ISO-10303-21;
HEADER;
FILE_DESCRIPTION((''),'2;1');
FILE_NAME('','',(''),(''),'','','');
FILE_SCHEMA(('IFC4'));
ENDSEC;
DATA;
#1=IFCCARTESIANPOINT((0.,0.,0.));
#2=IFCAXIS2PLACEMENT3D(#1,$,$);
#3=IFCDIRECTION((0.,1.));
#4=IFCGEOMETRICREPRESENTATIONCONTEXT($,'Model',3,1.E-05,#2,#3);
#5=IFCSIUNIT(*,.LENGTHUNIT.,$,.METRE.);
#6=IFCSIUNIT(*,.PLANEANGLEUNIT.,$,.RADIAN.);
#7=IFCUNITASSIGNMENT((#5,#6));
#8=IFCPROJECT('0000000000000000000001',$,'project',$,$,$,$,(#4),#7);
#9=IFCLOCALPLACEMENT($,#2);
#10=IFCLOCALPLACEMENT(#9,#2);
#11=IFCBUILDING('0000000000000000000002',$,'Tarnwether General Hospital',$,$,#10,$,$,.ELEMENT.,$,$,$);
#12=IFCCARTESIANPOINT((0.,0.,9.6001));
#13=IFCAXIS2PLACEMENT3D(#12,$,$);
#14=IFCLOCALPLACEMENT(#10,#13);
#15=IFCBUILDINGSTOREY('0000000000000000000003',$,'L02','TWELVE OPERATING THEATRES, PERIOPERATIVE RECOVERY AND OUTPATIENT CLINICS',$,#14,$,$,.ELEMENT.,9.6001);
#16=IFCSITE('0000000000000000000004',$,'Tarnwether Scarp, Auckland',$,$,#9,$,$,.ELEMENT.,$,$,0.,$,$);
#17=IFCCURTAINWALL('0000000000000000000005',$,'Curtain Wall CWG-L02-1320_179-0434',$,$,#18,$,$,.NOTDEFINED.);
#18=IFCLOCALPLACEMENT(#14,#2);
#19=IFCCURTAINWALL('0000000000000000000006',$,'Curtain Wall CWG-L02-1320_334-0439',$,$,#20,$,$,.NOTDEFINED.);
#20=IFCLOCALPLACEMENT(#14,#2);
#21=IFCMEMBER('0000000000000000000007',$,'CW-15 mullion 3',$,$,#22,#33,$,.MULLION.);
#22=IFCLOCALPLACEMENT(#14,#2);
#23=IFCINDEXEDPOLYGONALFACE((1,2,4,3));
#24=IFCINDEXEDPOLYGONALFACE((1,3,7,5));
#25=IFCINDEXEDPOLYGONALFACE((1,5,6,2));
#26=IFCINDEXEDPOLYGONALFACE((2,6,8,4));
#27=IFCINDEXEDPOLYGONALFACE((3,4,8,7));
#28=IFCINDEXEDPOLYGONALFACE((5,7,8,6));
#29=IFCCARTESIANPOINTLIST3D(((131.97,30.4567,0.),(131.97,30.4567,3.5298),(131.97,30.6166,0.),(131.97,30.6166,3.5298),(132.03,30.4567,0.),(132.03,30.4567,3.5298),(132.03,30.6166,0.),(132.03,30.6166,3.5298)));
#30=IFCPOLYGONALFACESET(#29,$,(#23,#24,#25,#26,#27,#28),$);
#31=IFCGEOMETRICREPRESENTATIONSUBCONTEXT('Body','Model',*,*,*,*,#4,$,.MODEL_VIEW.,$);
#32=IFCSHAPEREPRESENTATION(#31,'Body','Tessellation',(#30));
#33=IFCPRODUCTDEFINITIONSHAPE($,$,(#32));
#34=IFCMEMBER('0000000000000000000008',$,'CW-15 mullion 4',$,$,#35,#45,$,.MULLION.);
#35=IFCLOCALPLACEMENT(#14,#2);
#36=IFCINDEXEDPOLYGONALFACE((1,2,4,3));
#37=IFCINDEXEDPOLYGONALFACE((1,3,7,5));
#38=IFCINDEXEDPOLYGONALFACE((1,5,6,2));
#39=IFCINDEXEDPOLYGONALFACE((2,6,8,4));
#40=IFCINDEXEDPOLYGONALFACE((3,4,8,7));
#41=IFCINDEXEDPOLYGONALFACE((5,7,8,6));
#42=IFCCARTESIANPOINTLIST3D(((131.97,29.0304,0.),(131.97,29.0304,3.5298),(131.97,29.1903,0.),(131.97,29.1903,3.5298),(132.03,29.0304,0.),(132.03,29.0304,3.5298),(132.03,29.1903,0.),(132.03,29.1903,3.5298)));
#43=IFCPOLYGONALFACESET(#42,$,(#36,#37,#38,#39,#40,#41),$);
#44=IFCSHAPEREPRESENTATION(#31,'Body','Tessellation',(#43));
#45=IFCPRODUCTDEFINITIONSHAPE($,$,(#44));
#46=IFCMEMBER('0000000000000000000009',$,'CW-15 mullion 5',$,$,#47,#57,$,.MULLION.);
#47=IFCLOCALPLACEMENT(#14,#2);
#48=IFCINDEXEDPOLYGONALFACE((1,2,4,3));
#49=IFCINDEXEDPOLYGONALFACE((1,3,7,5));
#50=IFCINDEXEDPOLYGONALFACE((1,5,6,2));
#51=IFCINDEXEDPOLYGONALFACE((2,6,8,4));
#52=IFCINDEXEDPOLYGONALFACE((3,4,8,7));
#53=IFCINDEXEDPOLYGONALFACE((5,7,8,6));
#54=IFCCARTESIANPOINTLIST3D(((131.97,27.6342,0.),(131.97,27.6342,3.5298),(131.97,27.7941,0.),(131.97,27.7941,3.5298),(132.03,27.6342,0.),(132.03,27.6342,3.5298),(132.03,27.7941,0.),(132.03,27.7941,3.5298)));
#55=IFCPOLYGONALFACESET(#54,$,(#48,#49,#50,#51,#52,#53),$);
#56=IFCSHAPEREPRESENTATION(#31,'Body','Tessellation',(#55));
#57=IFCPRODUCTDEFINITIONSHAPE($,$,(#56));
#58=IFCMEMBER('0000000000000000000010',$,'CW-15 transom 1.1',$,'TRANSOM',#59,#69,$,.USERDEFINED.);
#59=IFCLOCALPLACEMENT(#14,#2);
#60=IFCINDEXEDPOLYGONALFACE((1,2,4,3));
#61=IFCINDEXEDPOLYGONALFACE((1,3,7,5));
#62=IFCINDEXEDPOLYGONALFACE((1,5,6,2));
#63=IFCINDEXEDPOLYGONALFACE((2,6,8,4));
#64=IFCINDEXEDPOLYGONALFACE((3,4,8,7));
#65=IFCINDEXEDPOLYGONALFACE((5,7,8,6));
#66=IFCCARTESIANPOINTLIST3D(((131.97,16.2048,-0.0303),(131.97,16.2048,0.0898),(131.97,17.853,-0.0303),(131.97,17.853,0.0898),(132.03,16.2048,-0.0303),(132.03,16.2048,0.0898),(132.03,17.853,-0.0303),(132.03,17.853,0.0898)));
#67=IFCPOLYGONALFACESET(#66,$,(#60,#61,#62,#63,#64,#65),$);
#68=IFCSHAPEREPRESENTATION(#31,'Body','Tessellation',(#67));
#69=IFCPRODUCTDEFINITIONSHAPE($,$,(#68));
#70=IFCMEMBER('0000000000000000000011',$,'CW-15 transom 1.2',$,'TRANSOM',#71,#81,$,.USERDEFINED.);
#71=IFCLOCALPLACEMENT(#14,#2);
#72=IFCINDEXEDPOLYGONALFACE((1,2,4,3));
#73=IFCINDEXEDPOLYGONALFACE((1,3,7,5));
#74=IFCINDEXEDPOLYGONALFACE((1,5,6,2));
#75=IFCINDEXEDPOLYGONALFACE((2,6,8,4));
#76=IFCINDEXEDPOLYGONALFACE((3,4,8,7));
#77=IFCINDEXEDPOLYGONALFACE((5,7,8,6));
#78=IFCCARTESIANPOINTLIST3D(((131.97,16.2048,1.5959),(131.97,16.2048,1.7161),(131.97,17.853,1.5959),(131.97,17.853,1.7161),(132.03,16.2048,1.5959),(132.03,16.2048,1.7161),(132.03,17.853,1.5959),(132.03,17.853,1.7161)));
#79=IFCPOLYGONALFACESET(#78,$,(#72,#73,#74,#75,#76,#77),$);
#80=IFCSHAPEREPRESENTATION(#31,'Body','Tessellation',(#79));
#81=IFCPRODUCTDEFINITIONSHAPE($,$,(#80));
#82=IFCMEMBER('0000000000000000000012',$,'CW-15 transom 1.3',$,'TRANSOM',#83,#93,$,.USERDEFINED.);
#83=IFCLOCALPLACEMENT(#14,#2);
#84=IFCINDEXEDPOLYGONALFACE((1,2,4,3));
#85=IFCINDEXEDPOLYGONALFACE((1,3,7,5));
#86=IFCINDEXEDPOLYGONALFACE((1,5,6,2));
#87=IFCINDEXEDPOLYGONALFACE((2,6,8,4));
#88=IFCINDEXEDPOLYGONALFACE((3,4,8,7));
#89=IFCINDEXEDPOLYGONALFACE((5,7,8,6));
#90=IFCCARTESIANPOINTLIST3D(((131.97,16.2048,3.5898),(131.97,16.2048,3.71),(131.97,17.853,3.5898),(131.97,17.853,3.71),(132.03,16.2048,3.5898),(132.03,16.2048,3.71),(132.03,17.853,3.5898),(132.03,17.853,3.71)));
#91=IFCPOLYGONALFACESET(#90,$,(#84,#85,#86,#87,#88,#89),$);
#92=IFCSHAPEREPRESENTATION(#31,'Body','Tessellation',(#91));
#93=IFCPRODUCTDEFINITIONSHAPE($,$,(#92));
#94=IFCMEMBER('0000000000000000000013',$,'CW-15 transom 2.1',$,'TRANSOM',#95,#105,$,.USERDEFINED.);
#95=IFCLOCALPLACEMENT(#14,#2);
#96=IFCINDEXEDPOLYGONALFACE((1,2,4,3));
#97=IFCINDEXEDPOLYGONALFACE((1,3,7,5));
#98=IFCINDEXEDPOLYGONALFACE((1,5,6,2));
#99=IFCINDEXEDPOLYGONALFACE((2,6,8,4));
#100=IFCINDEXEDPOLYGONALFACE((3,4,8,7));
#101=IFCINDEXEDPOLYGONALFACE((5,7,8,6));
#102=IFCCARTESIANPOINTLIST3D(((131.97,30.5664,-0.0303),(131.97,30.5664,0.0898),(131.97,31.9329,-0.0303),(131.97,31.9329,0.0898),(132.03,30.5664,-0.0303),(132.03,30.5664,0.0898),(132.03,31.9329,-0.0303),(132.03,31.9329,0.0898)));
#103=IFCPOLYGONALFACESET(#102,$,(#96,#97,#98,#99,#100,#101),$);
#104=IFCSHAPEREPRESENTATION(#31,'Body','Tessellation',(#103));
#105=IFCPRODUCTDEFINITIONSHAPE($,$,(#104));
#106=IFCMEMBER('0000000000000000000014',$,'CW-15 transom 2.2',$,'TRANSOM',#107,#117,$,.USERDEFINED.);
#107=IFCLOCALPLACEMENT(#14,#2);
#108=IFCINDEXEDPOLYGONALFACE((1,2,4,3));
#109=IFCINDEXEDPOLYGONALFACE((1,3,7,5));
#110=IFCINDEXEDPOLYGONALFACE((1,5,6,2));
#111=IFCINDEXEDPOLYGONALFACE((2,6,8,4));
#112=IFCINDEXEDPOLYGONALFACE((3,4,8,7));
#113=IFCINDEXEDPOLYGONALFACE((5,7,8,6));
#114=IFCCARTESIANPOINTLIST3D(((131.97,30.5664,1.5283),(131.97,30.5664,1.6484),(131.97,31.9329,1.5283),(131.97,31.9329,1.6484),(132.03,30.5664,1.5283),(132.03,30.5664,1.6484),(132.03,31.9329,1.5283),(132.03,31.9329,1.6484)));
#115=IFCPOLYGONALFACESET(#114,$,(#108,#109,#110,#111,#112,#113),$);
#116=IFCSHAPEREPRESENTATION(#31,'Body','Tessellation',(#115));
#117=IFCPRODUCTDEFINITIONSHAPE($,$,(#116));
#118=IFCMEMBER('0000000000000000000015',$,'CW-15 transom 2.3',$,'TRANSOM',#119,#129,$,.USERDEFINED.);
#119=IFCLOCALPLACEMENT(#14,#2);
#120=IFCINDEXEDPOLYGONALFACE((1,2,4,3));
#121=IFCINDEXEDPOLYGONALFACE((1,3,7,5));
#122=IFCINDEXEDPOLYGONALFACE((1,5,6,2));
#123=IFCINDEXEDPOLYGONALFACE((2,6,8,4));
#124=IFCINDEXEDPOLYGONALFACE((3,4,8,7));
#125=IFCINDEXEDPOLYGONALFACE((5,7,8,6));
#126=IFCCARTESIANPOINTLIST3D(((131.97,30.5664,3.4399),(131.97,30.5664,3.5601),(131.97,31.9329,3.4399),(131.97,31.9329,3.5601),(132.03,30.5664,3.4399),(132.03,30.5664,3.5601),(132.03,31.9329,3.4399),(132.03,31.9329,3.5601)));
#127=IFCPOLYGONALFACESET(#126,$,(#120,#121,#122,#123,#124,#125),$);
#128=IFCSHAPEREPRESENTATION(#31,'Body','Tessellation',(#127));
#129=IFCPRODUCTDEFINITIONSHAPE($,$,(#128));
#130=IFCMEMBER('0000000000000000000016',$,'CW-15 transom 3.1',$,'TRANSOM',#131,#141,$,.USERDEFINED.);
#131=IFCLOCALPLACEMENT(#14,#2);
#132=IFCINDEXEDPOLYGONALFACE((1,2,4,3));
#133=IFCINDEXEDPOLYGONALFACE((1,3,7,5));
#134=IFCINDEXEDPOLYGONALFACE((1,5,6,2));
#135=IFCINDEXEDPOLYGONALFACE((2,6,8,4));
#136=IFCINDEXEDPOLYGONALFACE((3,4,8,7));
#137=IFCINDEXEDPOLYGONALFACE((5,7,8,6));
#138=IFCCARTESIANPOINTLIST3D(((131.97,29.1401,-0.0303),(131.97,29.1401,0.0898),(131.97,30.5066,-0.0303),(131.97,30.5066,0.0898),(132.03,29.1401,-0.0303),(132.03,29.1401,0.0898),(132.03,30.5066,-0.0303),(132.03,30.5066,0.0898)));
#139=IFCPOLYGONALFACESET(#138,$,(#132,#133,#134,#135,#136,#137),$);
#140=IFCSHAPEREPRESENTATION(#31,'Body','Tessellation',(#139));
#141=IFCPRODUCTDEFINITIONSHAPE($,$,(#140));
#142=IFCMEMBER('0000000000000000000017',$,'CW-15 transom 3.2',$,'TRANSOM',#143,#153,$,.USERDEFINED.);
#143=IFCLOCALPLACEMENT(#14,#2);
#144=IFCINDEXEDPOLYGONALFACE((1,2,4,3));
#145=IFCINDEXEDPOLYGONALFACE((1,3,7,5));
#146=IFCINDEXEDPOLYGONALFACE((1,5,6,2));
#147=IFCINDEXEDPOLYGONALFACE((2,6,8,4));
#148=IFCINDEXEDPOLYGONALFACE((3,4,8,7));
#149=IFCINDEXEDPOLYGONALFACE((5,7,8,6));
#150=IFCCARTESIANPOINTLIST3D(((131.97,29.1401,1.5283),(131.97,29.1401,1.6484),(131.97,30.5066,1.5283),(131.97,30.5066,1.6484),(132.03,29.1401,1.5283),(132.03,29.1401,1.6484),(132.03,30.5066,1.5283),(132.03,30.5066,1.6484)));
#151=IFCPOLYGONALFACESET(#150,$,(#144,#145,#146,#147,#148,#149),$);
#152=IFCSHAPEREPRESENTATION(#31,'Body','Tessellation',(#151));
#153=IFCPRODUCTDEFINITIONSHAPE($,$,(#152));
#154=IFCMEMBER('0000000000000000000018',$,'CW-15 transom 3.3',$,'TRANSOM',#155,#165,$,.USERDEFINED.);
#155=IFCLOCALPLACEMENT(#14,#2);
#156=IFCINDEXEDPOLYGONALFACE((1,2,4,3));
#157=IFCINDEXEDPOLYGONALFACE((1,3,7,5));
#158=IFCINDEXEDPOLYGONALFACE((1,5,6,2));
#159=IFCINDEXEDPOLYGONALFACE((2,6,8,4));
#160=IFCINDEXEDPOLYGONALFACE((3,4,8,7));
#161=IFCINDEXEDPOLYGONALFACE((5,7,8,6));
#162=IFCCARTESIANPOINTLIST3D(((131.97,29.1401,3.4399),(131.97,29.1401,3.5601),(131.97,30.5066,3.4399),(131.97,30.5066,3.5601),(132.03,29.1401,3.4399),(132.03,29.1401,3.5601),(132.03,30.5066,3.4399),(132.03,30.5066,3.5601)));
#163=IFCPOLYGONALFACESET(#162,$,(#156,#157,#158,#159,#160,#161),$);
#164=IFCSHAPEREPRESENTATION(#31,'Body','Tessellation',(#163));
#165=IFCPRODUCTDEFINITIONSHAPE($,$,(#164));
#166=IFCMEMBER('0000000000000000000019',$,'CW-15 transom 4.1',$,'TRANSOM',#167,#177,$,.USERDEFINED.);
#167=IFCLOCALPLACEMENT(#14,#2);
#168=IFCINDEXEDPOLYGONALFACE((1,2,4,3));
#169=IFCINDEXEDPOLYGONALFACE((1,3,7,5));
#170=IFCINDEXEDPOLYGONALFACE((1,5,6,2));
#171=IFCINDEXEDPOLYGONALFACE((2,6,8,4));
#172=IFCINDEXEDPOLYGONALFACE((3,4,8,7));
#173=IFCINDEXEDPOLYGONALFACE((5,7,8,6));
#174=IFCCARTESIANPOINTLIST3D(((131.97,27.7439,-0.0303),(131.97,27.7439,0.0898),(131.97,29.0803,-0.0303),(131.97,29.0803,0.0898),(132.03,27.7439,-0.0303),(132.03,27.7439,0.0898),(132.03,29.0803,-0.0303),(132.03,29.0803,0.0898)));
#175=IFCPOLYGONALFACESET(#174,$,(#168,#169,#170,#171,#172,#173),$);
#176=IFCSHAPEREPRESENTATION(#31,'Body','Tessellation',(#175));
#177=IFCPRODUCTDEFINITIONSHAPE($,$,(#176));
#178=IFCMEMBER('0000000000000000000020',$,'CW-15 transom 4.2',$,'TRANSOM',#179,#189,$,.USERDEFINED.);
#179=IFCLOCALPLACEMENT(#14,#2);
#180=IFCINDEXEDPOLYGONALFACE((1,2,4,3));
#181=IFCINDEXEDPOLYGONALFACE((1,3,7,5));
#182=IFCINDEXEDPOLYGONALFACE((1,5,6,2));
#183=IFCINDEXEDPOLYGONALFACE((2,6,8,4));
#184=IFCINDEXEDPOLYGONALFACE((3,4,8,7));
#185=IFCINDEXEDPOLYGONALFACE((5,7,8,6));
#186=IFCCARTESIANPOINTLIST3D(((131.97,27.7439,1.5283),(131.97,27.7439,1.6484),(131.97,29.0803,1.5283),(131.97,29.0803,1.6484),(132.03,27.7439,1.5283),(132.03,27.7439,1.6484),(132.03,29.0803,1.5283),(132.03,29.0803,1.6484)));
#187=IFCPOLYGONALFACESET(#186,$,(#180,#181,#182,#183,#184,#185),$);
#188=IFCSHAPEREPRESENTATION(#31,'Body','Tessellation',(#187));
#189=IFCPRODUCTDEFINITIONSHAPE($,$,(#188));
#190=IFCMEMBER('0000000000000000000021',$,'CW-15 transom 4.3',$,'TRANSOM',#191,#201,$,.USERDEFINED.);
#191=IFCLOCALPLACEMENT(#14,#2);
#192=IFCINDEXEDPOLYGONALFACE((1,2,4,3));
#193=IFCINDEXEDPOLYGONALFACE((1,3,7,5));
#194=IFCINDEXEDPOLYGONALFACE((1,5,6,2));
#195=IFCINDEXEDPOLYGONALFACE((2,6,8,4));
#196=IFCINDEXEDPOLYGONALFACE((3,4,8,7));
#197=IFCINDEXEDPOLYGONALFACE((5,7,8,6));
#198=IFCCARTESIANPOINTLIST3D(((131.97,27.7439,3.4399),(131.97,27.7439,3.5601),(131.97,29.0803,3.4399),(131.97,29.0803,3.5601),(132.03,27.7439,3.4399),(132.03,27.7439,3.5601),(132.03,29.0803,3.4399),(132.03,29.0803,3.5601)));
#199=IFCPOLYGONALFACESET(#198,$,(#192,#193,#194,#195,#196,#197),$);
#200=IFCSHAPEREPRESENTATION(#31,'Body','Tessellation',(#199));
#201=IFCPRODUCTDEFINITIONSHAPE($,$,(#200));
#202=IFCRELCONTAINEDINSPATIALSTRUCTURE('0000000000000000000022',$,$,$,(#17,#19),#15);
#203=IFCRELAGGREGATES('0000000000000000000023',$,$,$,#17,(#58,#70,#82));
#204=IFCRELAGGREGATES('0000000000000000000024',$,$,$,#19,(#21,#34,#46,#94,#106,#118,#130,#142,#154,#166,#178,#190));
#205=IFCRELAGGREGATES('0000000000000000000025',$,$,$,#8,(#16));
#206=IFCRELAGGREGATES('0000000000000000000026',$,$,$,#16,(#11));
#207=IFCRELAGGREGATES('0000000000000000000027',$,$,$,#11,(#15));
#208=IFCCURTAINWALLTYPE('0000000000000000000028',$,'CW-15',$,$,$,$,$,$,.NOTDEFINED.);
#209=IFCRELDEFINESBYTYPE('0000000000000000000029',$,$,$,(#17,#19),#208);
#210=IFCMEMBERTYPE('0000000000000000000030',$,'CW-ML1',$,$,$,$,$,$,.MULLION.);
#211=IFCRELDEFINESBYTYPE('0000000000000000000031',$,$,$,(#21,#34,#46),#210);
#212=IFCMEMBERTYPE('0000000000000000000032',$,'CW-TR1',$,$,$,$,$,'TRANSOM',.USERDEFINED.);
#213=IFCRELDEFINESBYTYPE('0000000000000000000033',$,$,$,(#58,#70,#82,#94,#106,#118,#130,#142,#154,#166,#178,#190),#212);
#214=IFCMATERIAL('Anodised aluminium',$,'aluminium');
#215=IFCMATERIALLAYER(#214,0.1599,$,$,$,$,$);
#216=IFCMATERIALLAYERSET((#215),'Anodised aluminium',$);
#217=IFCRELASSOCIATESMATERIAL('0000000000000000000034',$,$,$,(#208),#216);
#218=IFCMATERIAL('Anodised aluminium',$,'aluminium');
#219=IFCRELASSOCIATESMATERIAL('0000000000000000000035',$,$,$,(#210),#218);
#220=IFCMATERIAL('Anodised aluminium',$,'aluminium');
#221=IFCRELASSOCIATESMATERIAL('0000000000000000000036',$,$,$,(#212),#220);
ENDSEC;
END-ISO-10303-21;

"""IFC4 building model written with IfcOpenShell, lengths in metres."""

from ifc_helpers import new_model, si_unit, direction, frame, origin, origin_2d, place, context, subcontext, project, spatial, rectangle, extrude, material, layer, layer_set, material_profile, profile_set, type_object, element, aggregate, save


model = new_model("IFC4")

# Units and contexts
model_context = context("Model", 3, precision=1e-05, world=origin(), true_north=direction((0.0, 1.0)))
body_context = subcontext(model_context, "Body", "Model", "MODEL_VIEW")
ifc_project = project(units=[si_unit("LENGTHUNIT", "METRE"), si_unit("PLANEANGLEUNIT", "RADIAN")], contexts=[model_context])

# Site, building, storey
site_placement = place(None, origin())
site = spatial("IfcSite", under=ifc_project, at=site_placement, Name="Tarnwether Scarp, Auckland", CompositionType="ELEMENT", RefElevation=0.0)
building_placement = place(site_placement, origin())
building = spatial("IfcBuilding", under=site, at=building_placement, Name="Tarnwether General Hospital", CompositionType="ELEMENT")
storey_placement = place(building_placement, frame((0.0, 0.0, 9.6001)))
storey = spatial("IfcBuildingStorey", under=building, at=storey_placement, Name="L02", Description="TWELVE OPERATING THEATRES, PERIOPERATIVE RECOVERY AND OUTPATIENT CLINICS", CompositionType="ELEMENT", Elevation=9.6001)

# Curtain walls, members
ifc_material_1 = material(Name="Anodised aluminium", Category="aluminium")
ifc_layer_1 = layer(ifc_material_1, 0.1599)
ifc_layer_set_1 = layer_set([ifc_layer_1], Name="Anodised aluminium")
curtain_wall_type = type_object("IfcCurtainWallType", Name="CW-15", PredefinedType="NOTDEFINED", material=ifc_layer_set_1)
curtain_wall_1_placement = place(storey_placement, origin())
curtain_wall_1 = element("IfcCurtainWall", 1, at=curtain_wall_1_placement, inside=storey, type_object=curtain_wall_type, Name="Curtain Wall CWG-L02-1320_179-0434", PredefinedType="NOTDEFINED")
ifc_material_2 = material(Name="Anodised aluminium", Category="aluminium")
ifc_material_profile_1 = material_profile(ifc_material_2, rectangle(XDim=0.0601, YDim=0.1599, at=origin_2d()), Name="ALU-MUL-60x160")
ifc_profile_set_1 = profile_set([ifc_material_profile_1], Name="Anodised aluminium")
member_type_1 = type_object("IfcMemberType", Name="CW-ML1", PredefinedType="MULLION", material=ifc_profile_set_1)
curtain_wall_2_placement = place(storey_placement, origin())
curtain_wall_2 = element("IfcCurtainWall", 2, at=curtain_wall_2_placement, inside=storey, type_object=curtain_wall_type, Name="Curtain Wall CWG-L02-1320_334-0439", PredefinedType="NOTDEFINED")
member_1_placement = place(storey_placement, frame((132.0, 30.5366, 0.0), z_axis=(0.0, 0.0, 1.0), x_axis=(1.0, 0.0, 0.0)))
member_1 = element("IfcMember", 3, at=member_1_placement, type_object=member_type_1, Name="CW-15 mullion 3", PredefinedType="MULLION", context=body_context, shape_type="SweptSolid", body=[
    extrude(rectangle(XDim=0.0601, YDim=0.1599, at=origin_2d()), origin(), (0.0, 0.0, 1.0), 3.5298),
])
member_2_placement = place(storey_placement, frame((132.0, 29.1104, 0.0), z_axis=(0.0, 0.0, 1.0), x_axis=(1.0, 0.0, 0.0)))
member_2 = element("IfcMember", 4, at=member_2_placement, type_object=member_type_1, Name="CW-15 mullion 4", PredefinedType="MULLION", context=body_context, shape_type="SweptSolid", body=[
    extrude(rectangle(XDim=0.0601, YDim=0.1599, at=origin_2d()), origin(), (0.0, 0.0, 1.0), 3.5298),
])
member_3_placement = place(storey_placement, frame((132.0, 27.7141, 0.0), z_axis=(0.0, 0.0, 1.0), x_axis=(1.0, 0.0, 0.0)))
member_3 = element("IfcMember", 5, at=member_3_placement, type_object=member_type_1, Name="CW-15 mullion 5", PredefinedType="MULLION", context=body_context, shape_type="SweptSolid", body=[
    extrude(rectangle(XDim=0.0601, YDim=0.1599, at=origin_2d()), origin(), (0.0, 0.0, 1.0), 3.5298),
])

# Members
ifc_material_3 = material(Name="Anodised aluminium", Category="aluminium")
ifc_material_profile_2 = material_profile(ifc_material_3, rectangle(XDim=0.0601, YDim=0.1201, at=origin_2d()), Name="ALU-TRN-60x120")
ifc_profile_set_2 = profile_set([ifc_material_profile_2], Name="Anodised aluminium")
member_type_2 = type_object("IfcMemberType", Name="CW-TR1", ElementType="TRANSOM", PredefinedType="USERDEFINED", material=ifc_profile_set_2)
member_4_placement = place(storey_placement, frame((132.0, 17.853, 0.0298), z_axis=(0.0, -1.0, 0.0), x_axis=(1.0, 0.0, 0.0)))
member_4 = element("IfcMember", 6, at=member_4_placement, type_object=member_type_2, Name="CW-15 transom 1.1", ObjectType="TRANSOM", PredefinedType="USERDEFINED", context=body_context, shape_type="SweptSolid", body=[
    extrude(rectangle(XDim=0.0601, YDim=0.1201, at=origin_2d()), origin(), (0.0, 0.0, 1.0), 1.6482),
])
member_5_placement = place(storey_placement, frame((132.0, 17.853, 1.656), z_axis=(0.0, -1.0, 0.0), x_axis=(1.0, 0.0, 0.0)))
member_5 = element("IfcMember", 7, at=member_5_placement, type_object=member_type_2, Name="CW-15 transom 1.2", ObjectType="TRANSOM", PredefinedType="USERDEFINED", context=body_context, shape_type="SweptSolid", body=[
    extrude(rectangle(XDim=0.0601, YDim=0.1201, at=origin_2d()), origin(), (0.0, 0.0, 1.0), 1.6482),
])
member_6_placement = place(storey_placement, frame((132.0, 17.853, 3.6499), z_axis=(0.0, -1.0, 0.0), x_axis=(1.0, 0.0, 0.0)))
member_6 = element("IfcMember", 8, at=member_6_placement, type_object=member_type_2, Name="CW-15 transom 1.3", ObjectType="TRANSOM", PredefinedType="USERDEFINED", context=body_context, shape_type="SweptSolid", body=[
    extrude(rectangle(XDim=0.0601, YDim=0.1201, at=origin_2d()), origin(), (0.0, 0.0, 1.0), 1.6482),
])
member_7_placement = place(storey_placement, frame((132.0, 31.9329, 0.0298), z_axis=(0.0, -1.0, 0.0), x_axis=(1.0, 0.0, 0.0)))
member_7 = element("IfcMember", 9, at=member_7_placement, type_object=member_type_2, Name="CW-15 transom 2.1", ObjectType="TRANSOM", PredefinedType="USERDEFINED", context=body_context, shape_type="SweptSolid", body=[
    extrude(rectangle(XDim=0.0601, YDim=0.1201, at=origin_2d()), origin(), (0.0, 0.0, 1.0), 1.3665),
])
member_8_placement = place(storey_placement, frame((132.0, 31.9329, 1.5884), z_axis=(0.0, -1.0, 0.0), x_axis=(1.0, 0.0, 0.0)))
member_8 = element("IfcMember", 10, at=member_8_placement, type_object=member_type_2, Name="CW-15 transom 2.2", ObjectType="TRANSOM", PredefinedType="USERDEFINED", context=body_context, shape_type="SweptSolid", body=[
    extrude(rectangle(XDim=0.0601, YDim=0.1201, at=origin_2d()), origin(), (0.0, 0.0, 1.0), 1.3665),
])
member_9_placement = place(storey_placement, frame((132.0, 31.9329, 3.5), z_axis=(0.0, -1.0, 0.0), x_axis=(1.0, 0.0, 0.0)))
member_9 = element("IfcMember", 11, at=member_9_placement, type_object=member_type_2, Name="CW-15 transom 2.3", ObjectType="TRANSOM", PredefinedType="USERDEFINED", context=body_context, shape_type="SweptSolid", body=[
    extrude(rectangle(XDim=0.0601, YDim=0.1201, at=origin_2d()), origin(), (0.0, 0.0, 1.0), 1.3665),
])
member_10_placement = place(storey_placement, frame((132.0, 30.5066, 0.0298), z_axis=(0.0, -1.0, 0.0), x_axis=(1.0, 0.0, 0.0)))
member_10 = element("IfcMember", 12, at=member_10_placement, type_object=member_type_2, Name="CW-15 transom 3.1", ObjectType="TRANSOM", PredefinedType="USERDEFINED", context=body_context, shape_type="SweptSolid", body=[
    extrude(rectangle(XDim=0.0601, YDim=0.1201, at=origin_2d()), origin(), (0.0, 0.0, 1.0), 1.3665),
])
member_11_placement = place(storey_placement, frame((132.0, 30.5066, 1.5884), z_axis=(0.0, -1.0, 0.0), x_axis=(1.0, 0.0, 0.0)))
member_11 = element("IfcMember", 13, at=member_11_placement, type_object=member_type_2, Name="CW-15 transom 3.2", ObjectType="TRANSOM", PredefinedType="USERDEFINED", context=body_context, shape_type="SweptSolid", body=[
    extrude(rectangle(XDim=0.0601, YDim=0.1201, at=origin_2d()), origin(), (0.0, 0.0, 1.0), 1.3665),
])
member_12_placement = place(storey_placement, frame((132.0, 30.5066, 3.5), z_axis=(0.0, -1.0, 0.0), x_axis=(1.0, 0.0, 0.0)))
member_12 = element("IfcMember", 14, at=member_12_placement, type_object=member_type_2, Name="CW-15 transom 3.3", ObjectType="TRANSOM", PredefinedType="USERDEFINED", context=body_context, shape_type="SweptSolid", body=[
    extrude(rectangle(XDim=0.0601, YDim=0.1201, at=origin_2d()), origin(), (0.0, 0.0, 1.0), 1.3665),
])
member_13_placement = place(storey_placement, frame((132.0, 29.0803, 0.0298), z_axis=(0.0, -1.0, 0.0), x_axis=(1.0, 0.0, 0.0)))
member_13 = element("IfcMember", 15, at=member_13_placement, type_object=member_type_2, Name="CW-15 transom 4.1", ObjectType="TRANSOM", PredefinedType="USERDEFINED", context=body_context, shape_type="SweptSolid", body=[
    extrude(rectangle(XDim=0.0601, YDim=0.1201, at=origin_2d()), origin(), (0.0, 0.0, 1.0), 1.3364),
])
member_14_placement = place(storey_placement, frame((132.0, 29.0803, 1.5884), z_axis=(0.0, -1.0, 0.0), x_axis=(1.0, 0.0, 0.0)))
member_14 = element("IfcMember", 16, at=member_14_placement, type_object=member_type_2, Name="CW-15 transom 4.2", ObjectType="TRANSOM", PredefinedType="USERDEFINED", context=body_context, shape_type="SweptSolid", body=[
    extrude(rectangle(XDim=0.0601, YDim=0.1201, at=origin_2d()), origin(), (0.0, 0.0, 1.0), 1.3364),
])
member_15_placement = place(storey_placement, frame((132.0, 29.0803, 3.5), z_axis=(0.0, -1.0, 0.0), x_axis=(1.0, 0.0, 0.0)))
member_15 = element("IfcMember", 17, at=member_15_placement, type_object=member_type_2, Name="CW-15 transom 4.3", ObjectType="TRANSOM", PredefinedType="USERDEFINED", context=body_context, shape_type="SweptSolid", body=[
    extrude(rectangle(XDim=0.0601, YDim=0.1201, at=origin_2d()), origin(), (0.0, 0.0, 1.0), 1.3364),
])

aggregate(curtain_wall_1, [member_4, member_5, member_6])
aggregate(curtain_wall_2, [member_1, member_2, member_3, member_7, member_8, member_9, member_10, member_11, member_12, member_13, member_14, member_15])

save(model, "model.ifc")
